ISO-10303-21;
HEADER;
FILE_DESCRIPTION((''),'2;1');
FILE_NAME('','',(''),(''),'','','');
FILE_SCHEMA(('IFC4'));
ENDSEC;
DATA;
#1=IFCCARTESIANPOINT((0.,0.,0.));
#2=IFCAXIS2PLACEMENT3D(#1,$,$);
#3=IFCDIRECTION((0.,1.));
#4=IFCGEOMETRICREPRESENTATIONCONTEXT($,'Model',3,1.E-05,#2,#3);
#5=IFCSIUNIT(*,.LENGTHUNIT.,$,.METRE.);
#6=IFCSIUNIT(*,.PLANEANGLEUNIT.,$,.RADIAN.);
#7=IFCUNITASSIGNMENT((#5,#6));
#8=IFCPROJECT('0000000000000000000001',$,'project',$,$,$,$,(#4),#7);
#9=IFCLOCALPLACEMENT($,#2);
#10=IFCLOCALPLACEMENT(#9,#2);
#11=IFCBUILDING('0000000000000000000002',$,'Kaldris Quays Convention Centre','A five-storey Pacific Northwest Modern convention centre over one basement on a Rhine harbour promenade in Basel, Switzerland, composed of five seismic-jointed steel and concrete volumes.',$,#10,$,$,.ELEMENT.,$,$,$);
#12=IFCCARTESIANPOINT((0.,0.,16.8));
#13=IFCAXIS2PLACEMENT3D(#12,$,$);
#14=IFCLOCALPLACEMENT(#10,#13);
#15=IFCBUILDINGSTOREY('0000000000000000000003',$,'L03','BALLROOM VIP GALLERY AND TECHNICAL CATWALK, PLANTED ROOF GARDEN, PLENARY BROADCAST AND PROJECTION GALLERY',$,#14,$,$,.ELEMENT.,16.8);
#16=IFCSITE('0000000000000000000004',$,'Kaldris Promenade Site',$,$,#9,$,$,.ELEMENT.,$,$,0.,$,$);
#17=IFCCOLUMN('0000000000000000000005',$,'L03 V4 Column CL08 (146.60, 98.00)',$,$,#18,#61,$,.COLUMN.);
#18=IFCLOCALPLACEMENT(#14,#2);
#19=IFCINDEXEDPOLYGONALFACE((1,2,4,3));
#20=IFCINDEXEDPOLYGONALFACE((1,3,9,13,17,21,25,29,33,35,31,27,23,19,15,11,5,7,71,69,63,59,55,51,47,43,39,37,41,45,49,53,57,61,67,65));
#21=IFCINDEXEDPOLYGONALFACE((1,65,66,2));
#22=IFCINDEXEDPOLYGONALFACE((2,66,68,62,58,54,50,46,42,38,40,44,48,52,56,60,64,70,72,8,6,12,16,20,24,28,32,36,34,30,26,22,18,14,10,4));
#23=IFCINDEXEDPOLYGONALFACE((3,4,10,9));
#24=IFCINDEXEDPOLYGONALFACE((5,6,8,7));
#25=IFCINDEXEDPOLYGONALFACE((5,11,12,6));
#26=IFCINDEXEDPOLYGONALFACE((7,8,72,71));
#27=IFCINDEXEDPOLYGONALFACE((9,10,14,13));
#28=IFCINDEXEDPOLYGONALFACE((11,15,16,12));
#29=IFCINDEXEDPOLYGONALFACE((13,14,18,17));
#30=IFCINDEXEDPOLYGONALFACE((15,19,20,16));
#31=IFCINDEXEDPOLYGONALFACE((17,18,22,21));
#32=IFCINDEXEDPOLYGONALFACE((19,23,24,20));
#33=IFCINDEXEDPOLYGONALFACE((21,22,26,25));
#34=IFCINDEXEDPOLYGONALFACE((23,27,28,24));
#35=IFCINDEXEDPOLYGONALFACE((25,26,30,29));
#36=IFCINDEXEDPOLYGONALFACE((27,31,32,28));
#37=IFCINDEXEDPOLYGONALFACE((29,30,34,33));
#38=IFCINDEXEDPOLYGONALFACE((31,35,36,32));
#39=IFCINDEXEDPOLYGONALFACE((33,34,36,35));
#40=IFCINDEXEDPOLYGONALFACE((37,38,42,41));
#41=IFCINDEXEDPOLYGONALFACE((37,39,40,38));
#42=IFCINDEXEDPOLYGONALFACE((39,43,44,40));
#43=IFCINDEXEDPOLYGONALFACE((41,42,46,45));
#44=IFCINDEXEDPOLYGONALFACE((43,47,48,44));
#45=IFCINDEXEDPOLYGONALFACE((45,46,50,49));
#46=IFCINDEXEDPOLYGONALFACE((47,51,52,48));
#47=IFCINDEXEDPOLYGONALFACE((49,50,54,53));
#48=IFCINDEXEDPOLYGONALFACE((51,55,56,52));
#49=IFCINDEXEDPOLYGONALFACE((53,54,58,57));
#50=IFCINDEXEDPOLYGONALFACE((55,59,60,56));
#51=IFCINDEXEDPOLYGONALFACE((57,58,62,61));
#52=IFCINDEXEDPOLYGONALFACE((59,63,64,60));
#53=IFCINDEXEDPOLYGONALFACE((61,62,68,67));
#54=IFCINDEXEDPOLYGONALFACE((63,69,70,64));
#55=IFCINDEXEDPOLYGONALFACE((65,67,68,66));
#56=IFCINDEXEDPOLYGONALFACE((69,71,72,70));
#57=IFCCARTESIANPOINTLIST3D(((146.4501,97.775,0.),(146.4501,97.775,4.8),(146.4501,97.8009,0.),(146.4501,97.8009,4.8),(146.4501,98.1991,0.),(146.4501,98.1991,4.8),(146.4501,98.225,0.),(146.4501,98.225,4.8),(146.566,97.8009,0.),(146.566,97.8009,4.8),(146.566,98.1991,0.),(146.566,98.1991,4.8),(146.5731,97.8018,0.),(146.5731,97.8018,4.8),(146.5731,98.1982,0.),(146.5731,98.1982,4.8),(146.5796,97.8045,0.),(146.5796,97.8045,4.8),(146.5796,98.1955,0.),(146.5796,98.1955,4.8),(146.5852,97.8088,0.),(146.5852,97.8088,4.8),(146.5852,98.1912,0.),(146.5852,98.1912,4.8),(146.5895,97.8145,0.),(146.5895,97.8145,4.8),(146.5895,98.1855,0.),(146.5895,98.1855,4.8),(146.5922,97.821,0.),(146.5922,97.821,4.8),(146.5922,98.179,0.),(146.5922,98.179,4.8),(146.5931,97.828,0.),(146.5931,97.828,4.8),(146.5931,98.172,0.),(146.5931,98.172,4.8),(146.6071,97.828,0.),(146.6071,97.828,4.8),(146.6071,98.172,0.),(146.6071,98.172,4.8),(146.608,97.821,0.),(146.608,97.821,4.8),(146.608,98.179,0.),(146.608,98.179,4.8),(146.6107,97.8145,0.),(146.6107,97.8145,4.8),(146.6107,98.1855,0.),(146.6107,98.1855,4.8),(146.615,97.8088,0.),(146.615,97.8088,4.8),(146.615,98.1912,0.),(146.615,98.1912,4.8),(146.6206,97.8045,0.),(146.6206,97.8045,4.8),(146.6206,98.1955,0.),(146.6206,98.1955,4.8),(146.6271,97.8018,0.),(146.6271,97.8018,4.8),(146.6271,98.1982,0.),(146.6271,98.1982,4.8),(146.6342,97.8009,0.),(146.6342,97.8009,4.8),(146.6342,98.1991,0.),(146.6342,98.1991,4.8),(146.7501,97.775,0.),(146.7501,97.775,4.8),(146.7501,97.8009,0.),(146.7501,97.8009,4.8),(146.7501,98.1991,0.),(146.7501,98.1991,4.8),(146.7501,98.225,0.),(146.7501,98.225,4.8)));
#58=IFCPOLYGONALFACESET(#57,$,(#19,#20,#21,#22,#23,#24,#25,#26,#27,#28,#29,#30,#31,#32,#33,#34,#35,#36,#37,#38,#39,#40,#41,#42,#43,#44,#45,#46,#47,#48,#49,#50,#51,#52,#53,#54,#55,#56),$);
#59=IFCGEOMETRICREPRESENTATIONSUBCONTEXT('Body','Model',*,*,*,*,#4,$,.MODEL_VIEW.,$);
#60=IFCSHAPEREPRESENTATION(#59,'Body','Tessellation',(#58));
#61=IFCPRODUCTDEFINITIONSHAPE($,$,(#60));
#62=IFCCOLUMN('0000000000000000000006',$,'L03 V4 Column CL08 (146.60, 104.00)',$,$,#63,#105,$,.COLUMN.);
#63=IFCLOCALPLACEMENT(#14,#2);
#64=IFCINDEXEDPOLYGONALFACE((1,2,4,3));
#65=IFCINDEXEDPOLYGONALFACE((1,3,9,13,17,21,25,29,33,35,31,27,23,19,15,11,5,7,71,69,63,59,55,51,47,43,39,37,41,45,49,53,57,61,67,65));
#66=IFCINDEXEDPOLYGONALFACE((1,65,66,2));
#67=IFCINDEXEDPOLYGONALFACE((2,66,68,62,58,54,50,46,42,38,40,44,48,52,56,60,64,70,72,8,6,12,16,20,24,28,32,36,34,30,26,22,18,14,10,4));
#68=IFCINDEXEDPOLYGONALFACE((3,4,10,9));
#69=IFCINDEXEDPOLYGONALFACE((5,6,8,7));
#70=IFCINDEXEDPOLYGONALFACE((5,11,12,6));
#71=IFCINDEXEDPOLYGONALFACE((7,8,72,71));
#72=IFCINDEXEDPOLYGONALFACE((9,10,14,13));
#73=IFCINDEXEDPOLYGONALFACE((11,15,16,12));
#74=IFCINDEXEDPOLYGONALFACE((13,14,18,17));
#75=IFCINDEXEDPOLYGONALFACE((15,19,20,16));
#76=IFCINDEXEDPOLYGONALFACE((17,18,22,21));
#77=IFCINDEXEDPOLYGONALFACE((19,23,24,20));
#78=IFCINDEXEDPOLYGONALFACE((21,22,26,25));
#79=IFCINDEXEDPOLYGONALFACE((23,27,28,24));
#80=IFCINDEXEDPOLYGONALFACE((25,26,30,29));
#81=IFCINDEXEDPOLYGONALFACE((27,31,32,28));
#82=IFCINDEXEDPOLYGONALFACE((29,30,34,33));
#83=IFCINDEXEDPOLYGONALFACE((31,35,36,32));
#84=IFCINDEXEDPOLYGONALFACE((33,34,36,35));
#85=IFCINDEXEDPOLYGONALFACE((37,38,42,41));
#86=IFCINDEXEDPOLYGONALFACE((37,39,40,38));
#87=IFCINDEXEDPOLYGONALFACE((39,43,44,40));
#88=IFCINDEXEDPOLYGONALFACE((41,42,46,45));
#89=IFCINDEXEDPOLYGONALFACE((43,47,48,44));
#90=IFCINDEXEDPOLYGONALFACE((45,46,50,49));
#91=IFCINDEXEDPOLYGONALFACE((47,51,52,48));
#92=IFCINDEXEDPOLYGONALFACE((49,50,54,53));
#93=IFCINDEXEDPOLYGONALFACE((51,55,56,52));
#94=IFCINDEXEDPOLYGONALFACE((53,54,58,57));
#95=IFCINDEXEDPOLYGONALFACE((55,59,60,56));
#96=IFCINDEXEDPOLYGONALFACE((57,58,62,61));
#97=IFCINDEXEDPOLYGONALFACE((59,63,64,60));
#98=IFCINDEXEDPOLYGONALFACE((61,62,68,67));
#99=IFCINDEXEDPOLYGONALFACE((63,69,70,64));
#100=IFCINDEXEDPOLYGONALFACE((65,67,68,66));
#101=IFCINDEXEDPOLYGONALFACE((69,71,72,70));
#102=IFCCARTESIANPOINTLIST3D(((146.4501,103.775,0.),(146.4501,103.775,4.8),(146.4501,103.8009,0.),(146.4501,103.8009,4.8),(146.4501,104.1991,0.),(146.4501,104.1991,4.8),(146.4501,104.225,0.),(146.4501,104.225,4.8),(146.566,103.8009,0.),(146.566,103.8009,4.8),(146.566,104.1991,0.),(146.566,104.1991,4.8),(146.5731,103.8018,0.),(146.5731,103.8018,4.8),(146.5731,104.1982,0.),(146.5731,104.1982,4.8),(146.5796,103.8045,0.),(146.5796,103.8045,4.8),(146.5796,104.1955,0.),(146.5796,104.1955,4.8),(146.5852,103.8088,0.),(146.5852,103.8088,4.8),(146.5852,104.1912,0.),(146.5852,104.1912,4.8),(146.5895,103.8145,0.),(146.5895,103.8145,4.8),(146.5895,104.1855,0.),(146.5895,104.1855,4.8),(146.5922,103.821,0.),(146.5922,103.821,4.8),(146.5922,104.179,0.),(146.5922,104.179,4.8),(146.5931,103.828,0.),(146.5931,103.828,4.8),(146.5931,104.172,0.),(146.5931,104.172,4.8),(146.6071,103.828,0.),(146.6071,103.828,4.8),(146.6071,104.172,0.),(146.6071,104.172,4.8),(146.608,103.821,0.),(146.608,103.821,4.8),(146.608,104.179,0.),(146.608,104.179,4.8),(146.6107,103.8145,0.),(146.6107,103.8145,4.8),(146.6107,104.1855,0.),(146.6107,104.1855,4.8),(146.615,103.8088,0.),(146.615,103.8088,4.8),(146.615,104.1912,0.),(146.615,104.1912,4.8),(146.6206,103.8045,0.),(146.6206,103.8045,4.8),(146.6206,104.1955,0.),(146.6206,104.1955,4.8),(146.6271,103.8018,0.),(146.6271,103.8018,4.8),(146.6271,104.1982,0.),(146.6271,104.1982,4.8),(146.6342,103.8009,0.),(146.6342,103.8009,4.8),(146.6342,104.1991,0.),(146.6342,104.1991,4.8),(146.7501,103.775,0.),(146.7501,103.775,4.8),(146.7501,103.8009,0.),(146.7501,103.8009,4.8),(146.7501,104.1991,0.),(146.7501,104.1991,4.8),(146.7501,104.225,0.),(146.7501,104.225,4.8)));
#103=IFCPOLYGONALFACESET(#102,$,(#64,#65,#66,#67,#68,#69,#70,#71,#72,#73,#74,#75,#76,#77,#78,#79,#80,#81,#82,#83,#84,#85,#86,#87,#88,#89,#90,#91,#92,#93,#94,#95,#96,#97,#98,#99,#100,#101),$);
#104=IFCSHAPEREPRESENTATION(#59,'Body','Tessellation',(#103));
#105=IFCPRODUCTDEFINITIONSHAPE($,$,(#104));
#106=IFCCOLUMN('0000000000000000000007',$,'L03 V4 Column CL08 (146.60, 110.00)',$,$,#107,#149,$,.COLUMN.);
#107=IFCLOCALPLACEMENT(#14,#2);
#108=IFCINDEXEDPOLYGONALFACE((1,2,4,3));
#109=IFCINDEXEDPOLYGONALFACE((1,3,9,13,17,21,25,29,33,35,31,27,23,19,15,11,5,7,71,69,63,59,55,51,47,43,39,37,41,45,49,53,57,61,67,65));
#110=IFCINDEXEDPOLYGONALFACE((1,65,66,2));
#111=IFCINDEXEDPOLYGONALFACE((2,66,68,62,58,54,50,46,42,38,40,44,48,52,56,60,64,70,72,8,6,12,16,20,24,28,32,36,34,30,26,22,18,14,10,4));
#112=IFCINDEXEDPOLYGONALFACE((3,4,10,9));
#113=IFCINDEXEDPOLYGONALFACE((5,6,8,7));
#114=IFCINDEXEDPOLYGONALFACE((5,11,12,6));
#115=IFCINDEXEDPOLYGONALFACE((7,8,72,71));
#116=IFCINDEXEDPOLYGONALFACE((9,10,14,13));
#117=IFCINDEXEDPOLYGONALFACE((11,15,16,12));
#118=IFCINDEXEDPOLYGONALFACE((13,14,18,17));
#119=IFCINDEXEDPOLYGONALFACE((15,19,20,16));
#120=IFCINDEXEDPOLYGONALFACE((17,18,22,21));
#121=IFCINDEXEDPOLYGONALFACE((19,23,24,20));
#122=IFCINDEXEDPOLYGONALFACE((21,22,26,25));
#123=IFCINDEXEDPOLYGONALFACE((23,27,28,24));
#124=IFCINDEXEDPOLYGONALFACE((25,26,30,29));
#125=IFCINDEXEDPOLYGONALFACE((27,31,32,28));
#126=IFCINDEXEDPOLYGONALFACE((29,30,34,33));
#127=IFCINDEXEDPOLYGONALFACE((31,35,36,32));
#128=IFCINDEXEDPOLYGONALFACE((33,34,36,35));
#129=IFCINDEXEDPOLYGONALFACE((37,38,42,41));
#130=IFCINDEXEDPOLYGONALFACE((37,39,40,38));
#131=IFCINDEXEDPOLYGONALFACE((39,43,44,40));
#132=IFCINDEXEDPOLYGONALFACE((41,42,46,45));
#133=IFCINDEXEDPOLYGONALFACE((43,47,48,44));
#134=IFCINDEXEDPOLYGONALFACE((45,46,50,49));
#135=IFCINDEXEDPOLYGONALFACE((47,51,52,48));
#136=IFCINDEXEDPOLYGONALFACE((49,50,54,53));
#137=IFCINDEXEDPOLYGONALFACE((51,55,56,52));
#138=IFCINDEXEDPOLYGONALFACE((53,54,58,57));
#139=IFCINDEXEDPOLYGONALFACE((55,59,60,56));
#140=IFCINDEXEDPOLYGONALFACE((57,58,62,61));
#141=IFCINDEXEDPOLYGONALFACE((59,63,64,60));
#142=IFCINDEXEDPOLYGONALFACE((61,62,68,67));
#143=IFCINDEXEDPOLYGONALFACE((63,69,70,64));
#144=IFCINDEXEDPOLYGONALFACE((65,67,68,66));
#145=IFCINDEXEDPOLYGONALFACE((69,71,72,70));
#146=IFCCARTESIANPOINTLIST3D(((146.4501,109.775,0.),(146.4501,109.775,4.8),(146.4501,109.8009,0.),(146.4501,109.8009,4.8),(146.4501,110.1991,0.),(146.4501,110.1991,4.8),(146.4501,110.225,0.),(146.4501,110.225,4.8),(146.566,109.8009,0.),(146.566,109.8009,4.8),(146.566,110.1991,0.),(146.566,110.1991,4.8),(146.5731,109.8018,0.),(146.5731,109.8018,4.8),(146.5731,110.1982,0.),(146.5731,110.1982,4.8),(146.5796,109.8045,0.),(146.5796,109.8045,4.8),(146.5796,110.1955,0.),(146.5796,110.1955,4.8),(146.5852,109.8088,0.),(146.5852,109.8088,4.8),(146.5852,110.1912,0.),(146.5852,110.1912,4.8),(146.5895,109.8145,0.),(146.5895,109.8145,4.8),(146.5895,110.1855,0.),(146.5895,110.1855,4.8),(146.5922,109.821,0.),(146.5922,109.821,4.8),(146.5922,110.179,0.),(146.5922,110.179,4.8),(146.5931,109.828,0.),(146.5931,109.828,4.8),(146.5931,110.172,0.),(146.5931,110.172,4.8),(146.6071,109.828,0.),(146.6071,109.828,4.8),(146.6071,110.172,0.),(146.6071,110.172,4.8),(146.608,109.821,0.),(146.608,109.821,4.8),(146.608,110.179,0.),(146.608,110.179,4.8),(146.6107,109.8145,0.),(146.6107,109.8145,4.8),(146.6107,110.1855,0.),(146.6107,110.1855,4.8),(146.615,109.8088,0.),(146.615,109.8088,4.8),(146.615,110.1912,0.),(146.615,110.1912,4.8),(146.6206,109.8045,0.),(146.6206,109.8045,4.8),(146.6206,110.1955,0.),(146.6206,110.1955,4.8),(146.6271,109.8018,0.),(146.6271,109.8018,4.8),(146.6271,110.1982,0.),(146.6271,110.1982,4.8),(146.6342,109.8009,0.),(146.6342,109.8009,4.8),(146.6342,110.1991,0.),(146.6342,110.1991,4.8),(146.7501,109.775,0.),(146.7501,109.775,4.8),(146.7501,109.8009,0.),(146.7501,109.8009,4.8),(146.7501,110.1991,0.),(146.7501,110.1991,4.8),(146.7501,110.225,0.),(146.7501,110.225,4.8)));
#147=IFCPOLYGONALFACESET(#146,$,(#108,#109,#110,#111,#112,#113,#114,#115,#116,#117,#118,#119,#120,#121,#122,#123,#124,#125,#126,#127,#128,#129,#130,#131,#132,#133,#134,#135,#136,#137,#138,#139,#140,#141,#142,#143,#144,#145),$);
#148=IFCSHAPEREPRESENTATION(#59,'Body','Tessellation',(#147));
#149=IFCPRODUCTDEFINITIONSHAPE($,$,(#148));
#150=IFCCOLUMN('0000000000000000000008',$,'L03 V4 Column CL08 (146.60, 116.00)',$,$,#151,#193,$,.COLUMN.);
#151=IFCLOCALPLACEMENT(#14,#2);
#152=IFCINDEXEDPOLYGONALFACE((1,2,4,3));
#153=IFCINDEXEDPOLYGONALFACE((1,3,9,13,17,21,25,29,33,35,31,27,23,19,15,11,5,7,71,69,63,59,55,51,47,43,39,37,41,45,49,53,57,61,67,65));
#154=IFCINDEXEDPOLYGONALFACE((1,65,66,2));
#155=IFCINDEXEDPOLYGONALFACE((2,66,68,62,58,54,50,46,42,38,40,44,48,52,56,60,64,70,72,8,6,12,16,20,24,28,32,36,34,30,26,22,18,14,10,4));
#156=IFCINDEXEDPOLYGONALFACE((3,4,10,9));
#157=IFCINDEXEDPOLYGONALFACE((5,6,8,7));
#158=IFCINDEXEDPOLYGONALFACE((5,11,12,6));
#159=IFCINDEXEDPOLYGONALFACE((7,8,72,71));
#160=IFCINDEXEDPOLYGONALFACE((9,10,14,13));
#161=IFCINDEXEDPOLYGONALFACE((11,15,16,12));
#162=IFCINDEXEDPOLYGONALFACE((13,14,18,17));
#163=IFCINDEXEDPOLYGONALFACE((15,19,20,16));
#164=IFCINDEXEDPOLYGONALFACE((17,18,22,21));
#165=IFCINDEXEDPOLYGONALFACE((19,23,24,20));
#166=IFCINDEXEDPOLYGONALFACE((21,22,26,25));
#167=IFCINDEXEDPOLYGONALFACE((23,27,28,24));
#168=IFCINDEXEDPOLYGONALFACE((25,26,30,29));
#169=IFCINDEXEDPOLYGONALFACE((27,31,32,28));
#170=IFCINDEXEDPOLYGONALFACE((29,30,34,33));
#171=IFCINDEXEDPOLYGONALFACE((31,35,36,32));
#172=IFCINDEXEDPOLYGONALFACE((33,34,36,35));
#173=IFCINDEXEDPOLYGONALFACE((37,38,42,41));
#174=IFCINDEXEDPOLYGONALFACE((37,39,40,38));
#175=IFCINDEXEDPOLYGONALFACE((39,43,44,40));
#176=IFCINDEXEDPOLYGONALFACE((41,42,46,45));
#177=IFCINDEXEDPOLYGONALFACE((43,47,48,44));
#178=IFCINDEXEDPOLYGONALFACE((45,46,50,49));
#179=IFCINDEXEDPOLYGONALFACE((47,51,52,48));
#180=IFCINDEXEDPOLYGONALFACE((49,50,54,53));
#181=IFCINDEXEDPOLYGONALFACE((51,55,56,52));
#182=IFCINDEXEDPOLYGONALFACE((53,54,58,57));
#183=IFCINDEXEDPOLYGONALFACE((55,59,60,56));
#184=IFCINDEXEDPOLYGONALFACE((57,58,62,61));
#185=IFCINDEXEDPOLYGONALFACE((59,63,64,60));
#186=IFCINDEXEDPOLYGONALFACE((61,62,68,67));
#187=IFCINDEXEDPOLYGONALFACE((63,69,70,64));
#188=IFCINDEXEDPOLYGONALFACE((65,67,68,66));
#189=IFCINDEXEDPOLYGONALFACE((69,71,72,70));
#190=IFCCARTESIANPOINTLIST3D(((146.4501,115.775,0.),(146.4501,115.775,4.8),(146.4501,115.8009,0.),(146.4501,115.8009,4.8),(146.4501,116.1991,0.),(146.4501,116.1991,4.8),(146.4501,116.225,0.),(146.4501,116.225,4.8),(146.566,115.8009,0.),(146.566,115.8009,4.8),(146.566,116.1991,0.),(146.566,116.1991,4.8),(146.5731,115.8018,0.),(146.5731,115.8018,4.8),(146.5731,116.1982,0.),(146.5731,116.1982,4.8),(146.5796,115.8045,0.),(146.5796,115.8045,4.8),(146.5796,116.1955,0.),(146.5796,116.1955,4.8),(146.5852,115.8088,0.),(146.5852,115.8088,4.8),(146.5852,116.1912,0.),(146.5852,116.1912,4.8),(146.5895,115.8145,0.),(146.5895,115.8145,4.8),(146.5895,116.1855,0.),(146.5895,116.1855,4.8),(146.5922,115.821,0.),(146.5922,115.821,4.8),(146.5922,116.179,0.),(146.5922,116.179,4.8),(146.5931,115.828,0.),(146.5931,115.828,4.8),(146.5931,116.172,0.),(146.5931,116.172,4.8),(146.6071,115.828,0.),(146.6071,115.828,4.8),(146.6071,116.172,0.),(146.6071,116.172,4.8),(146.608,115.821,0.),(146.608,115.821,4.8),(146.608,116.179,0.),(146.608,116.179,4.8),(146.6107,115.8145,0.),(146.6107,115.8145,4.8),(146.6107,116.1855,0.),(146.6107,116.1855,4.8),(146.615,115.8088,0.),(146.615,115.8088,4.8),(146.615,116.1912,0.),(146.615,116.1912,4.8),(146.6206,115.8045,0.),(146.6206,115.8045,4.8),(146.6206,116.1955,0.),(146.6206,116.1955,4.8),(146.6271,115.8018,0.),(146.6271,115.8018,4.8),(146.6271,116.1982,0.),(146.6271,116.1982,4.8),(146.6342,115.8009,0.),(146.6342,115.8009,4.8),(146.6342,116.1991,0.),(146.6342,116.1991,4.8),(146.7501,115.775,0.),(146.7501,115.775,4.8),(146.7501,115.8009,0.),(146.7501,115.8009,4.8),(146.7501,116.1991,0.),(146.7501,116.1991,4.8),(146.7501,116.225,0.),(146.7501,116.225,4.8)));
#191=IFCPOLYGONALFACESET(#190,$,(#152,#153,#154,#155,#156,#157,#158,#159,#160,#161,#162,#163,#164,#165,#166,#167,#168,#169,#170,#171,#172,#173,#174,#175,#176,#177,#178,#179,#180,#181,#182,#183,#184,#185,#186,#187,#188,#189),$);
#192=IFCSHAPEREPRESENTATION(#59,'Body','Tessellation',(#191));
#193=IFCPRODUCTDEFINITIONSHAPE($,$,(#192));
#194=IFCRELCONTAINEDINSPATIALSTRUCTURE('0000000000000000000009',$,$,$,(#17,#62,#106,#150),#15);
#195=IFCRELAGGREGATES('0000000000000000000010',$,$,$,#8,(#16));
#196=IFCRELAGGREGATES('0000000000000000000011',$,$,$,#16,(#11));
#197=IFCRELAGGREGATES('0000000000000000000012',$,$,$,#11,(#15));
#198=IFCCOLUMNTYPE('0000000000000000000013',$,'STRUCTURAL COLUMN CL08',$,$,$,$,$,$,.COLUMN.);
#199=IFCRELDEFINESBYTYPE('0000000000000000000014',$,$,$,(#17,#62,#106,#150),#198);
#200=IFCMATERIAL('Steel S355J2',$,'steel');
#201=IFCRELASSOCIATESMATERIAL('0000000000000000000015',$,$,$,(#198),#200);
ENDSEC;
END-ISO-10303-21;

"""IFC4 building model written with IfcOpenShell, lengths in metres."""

from ifc_helpers import new_model, si_unit, direction, frame, origin, origin_2d, place, context, subcontext, project, spatial, i_section, extrude, material, material_profile, profile_set, type_object, element, save


model = new_model("IFC4")

# Units and contexts
model_context = context("Model", 3, precision=1e-05, world=origin(), true_north=direction((0.0, 1.0)))
body_context = subcontext(model_context, "Body", "Model", "MODEL_VIEW")
ifc_project = project(units=[si_unit("LENGTHUNIT", "METRE"), si_unit("PLANEANGLEUNIT", "RADIAN")], contexts=[model_context])

# Site, building, storey
site_placement = place(None, origin())
site = spatial("IfcSite", under=ifc_project, at=site_placement, Name="Kaldris Promenade Site", CompositionType="ELEMENT", RefElevation=0.0)
building_placement = place(site_placement, origin())
building = spatial("IfcBuilding", under=site, at=building_placement, Name="Kaldris Quays Convention Centre", Description="A five-storey Pacific Northwest Modern convention centre over one basement on a Rhine harbour promenade in Basel, Switzerland, composed of five seismic-jointed steel and concrete volumes.", CompositionType="ELEMENT")
storey_placement = place(building_placement, frame((0.0, 0.0, 16.8)))
storey = spatial("IfcBuildingStorey", under=building, at=storey_placement, Name="L03", Description="BALLROOM VIP GALLERY AND TECHNICAL CATWALK, PLANTED ROOF GARDEN, PLENARY BROADCAST AND PROJECTION GALLERY", CompositionType="ELEMENT", Elevation=16.8)

# Columns
ifc_material_1 = material(Name="Steel S355J2", Category="steel")
ifc_material_profile_1 = material_profile(ifc_material_1, i_section(OverallWidth=0.3, OverallDepth=0.45, WebThickness=0.0139, FlangeThickness=0.0259, FilletRadius=0.0271, at=origin_2d()), Name="HEB 450")
ifc_profile_set_1 = profile_set([ifc_material_profile_1], Name="Steel S355J2")
column_type_1 = type_object("IfcColumnType", Name="STRUCTURAL COLUMN CL08", PredefinedType="COLUMN", material=ifc_profile_set_1)
for number, where, z_axis, x_axis, name in (
    (1, (146.6001, 98.0, 0.0), (0.0, 0.0, 1.0), (1.0, 0.0, 0.0), "L03 V4 Column CL08 (146.60, 98.00)"),
    (2, (146.6001, 104.0, 0.0), (0.0, 0.0, 1.0), (1.0, 0.0, 0.0), "L03 V4 Column CL08 (146.60, 104.00)"),
    (3, (146.6001, 110.0, 0.0), (0.0, 0.0, 1.0), (1.0, 0.0, 0.0), "L03 V4 Column CL08 (146.60, 110.00)"),
    (4, (146.6001, 116.0, 0.0), (0.0, 0.0, 1.0), (1.0, 0.0, 0.0), "L03 V4 Column CL08 (146.60, 116.00)"),
):
    element("IfcColumn", number, at=place(storey_placement, frame(where, z_axis=z_axis, x_axis=x_axis)), inside=storey, type_object=column_type_1, Name=name, PredefinedType="COLUMN", context=body_context, shape_type="SweptSolid", body=[
        extrude(i_section(OverallWidth=0.3, OverallDepth=0.45, WebThickness=0.0139, FlangeThickness=0.0259, FilletRadius=0.0271, at=origin_2d()), origin(), (0.0, 0.0, 1.0), 4.8),
    ])

save(model, "model.ifc")
